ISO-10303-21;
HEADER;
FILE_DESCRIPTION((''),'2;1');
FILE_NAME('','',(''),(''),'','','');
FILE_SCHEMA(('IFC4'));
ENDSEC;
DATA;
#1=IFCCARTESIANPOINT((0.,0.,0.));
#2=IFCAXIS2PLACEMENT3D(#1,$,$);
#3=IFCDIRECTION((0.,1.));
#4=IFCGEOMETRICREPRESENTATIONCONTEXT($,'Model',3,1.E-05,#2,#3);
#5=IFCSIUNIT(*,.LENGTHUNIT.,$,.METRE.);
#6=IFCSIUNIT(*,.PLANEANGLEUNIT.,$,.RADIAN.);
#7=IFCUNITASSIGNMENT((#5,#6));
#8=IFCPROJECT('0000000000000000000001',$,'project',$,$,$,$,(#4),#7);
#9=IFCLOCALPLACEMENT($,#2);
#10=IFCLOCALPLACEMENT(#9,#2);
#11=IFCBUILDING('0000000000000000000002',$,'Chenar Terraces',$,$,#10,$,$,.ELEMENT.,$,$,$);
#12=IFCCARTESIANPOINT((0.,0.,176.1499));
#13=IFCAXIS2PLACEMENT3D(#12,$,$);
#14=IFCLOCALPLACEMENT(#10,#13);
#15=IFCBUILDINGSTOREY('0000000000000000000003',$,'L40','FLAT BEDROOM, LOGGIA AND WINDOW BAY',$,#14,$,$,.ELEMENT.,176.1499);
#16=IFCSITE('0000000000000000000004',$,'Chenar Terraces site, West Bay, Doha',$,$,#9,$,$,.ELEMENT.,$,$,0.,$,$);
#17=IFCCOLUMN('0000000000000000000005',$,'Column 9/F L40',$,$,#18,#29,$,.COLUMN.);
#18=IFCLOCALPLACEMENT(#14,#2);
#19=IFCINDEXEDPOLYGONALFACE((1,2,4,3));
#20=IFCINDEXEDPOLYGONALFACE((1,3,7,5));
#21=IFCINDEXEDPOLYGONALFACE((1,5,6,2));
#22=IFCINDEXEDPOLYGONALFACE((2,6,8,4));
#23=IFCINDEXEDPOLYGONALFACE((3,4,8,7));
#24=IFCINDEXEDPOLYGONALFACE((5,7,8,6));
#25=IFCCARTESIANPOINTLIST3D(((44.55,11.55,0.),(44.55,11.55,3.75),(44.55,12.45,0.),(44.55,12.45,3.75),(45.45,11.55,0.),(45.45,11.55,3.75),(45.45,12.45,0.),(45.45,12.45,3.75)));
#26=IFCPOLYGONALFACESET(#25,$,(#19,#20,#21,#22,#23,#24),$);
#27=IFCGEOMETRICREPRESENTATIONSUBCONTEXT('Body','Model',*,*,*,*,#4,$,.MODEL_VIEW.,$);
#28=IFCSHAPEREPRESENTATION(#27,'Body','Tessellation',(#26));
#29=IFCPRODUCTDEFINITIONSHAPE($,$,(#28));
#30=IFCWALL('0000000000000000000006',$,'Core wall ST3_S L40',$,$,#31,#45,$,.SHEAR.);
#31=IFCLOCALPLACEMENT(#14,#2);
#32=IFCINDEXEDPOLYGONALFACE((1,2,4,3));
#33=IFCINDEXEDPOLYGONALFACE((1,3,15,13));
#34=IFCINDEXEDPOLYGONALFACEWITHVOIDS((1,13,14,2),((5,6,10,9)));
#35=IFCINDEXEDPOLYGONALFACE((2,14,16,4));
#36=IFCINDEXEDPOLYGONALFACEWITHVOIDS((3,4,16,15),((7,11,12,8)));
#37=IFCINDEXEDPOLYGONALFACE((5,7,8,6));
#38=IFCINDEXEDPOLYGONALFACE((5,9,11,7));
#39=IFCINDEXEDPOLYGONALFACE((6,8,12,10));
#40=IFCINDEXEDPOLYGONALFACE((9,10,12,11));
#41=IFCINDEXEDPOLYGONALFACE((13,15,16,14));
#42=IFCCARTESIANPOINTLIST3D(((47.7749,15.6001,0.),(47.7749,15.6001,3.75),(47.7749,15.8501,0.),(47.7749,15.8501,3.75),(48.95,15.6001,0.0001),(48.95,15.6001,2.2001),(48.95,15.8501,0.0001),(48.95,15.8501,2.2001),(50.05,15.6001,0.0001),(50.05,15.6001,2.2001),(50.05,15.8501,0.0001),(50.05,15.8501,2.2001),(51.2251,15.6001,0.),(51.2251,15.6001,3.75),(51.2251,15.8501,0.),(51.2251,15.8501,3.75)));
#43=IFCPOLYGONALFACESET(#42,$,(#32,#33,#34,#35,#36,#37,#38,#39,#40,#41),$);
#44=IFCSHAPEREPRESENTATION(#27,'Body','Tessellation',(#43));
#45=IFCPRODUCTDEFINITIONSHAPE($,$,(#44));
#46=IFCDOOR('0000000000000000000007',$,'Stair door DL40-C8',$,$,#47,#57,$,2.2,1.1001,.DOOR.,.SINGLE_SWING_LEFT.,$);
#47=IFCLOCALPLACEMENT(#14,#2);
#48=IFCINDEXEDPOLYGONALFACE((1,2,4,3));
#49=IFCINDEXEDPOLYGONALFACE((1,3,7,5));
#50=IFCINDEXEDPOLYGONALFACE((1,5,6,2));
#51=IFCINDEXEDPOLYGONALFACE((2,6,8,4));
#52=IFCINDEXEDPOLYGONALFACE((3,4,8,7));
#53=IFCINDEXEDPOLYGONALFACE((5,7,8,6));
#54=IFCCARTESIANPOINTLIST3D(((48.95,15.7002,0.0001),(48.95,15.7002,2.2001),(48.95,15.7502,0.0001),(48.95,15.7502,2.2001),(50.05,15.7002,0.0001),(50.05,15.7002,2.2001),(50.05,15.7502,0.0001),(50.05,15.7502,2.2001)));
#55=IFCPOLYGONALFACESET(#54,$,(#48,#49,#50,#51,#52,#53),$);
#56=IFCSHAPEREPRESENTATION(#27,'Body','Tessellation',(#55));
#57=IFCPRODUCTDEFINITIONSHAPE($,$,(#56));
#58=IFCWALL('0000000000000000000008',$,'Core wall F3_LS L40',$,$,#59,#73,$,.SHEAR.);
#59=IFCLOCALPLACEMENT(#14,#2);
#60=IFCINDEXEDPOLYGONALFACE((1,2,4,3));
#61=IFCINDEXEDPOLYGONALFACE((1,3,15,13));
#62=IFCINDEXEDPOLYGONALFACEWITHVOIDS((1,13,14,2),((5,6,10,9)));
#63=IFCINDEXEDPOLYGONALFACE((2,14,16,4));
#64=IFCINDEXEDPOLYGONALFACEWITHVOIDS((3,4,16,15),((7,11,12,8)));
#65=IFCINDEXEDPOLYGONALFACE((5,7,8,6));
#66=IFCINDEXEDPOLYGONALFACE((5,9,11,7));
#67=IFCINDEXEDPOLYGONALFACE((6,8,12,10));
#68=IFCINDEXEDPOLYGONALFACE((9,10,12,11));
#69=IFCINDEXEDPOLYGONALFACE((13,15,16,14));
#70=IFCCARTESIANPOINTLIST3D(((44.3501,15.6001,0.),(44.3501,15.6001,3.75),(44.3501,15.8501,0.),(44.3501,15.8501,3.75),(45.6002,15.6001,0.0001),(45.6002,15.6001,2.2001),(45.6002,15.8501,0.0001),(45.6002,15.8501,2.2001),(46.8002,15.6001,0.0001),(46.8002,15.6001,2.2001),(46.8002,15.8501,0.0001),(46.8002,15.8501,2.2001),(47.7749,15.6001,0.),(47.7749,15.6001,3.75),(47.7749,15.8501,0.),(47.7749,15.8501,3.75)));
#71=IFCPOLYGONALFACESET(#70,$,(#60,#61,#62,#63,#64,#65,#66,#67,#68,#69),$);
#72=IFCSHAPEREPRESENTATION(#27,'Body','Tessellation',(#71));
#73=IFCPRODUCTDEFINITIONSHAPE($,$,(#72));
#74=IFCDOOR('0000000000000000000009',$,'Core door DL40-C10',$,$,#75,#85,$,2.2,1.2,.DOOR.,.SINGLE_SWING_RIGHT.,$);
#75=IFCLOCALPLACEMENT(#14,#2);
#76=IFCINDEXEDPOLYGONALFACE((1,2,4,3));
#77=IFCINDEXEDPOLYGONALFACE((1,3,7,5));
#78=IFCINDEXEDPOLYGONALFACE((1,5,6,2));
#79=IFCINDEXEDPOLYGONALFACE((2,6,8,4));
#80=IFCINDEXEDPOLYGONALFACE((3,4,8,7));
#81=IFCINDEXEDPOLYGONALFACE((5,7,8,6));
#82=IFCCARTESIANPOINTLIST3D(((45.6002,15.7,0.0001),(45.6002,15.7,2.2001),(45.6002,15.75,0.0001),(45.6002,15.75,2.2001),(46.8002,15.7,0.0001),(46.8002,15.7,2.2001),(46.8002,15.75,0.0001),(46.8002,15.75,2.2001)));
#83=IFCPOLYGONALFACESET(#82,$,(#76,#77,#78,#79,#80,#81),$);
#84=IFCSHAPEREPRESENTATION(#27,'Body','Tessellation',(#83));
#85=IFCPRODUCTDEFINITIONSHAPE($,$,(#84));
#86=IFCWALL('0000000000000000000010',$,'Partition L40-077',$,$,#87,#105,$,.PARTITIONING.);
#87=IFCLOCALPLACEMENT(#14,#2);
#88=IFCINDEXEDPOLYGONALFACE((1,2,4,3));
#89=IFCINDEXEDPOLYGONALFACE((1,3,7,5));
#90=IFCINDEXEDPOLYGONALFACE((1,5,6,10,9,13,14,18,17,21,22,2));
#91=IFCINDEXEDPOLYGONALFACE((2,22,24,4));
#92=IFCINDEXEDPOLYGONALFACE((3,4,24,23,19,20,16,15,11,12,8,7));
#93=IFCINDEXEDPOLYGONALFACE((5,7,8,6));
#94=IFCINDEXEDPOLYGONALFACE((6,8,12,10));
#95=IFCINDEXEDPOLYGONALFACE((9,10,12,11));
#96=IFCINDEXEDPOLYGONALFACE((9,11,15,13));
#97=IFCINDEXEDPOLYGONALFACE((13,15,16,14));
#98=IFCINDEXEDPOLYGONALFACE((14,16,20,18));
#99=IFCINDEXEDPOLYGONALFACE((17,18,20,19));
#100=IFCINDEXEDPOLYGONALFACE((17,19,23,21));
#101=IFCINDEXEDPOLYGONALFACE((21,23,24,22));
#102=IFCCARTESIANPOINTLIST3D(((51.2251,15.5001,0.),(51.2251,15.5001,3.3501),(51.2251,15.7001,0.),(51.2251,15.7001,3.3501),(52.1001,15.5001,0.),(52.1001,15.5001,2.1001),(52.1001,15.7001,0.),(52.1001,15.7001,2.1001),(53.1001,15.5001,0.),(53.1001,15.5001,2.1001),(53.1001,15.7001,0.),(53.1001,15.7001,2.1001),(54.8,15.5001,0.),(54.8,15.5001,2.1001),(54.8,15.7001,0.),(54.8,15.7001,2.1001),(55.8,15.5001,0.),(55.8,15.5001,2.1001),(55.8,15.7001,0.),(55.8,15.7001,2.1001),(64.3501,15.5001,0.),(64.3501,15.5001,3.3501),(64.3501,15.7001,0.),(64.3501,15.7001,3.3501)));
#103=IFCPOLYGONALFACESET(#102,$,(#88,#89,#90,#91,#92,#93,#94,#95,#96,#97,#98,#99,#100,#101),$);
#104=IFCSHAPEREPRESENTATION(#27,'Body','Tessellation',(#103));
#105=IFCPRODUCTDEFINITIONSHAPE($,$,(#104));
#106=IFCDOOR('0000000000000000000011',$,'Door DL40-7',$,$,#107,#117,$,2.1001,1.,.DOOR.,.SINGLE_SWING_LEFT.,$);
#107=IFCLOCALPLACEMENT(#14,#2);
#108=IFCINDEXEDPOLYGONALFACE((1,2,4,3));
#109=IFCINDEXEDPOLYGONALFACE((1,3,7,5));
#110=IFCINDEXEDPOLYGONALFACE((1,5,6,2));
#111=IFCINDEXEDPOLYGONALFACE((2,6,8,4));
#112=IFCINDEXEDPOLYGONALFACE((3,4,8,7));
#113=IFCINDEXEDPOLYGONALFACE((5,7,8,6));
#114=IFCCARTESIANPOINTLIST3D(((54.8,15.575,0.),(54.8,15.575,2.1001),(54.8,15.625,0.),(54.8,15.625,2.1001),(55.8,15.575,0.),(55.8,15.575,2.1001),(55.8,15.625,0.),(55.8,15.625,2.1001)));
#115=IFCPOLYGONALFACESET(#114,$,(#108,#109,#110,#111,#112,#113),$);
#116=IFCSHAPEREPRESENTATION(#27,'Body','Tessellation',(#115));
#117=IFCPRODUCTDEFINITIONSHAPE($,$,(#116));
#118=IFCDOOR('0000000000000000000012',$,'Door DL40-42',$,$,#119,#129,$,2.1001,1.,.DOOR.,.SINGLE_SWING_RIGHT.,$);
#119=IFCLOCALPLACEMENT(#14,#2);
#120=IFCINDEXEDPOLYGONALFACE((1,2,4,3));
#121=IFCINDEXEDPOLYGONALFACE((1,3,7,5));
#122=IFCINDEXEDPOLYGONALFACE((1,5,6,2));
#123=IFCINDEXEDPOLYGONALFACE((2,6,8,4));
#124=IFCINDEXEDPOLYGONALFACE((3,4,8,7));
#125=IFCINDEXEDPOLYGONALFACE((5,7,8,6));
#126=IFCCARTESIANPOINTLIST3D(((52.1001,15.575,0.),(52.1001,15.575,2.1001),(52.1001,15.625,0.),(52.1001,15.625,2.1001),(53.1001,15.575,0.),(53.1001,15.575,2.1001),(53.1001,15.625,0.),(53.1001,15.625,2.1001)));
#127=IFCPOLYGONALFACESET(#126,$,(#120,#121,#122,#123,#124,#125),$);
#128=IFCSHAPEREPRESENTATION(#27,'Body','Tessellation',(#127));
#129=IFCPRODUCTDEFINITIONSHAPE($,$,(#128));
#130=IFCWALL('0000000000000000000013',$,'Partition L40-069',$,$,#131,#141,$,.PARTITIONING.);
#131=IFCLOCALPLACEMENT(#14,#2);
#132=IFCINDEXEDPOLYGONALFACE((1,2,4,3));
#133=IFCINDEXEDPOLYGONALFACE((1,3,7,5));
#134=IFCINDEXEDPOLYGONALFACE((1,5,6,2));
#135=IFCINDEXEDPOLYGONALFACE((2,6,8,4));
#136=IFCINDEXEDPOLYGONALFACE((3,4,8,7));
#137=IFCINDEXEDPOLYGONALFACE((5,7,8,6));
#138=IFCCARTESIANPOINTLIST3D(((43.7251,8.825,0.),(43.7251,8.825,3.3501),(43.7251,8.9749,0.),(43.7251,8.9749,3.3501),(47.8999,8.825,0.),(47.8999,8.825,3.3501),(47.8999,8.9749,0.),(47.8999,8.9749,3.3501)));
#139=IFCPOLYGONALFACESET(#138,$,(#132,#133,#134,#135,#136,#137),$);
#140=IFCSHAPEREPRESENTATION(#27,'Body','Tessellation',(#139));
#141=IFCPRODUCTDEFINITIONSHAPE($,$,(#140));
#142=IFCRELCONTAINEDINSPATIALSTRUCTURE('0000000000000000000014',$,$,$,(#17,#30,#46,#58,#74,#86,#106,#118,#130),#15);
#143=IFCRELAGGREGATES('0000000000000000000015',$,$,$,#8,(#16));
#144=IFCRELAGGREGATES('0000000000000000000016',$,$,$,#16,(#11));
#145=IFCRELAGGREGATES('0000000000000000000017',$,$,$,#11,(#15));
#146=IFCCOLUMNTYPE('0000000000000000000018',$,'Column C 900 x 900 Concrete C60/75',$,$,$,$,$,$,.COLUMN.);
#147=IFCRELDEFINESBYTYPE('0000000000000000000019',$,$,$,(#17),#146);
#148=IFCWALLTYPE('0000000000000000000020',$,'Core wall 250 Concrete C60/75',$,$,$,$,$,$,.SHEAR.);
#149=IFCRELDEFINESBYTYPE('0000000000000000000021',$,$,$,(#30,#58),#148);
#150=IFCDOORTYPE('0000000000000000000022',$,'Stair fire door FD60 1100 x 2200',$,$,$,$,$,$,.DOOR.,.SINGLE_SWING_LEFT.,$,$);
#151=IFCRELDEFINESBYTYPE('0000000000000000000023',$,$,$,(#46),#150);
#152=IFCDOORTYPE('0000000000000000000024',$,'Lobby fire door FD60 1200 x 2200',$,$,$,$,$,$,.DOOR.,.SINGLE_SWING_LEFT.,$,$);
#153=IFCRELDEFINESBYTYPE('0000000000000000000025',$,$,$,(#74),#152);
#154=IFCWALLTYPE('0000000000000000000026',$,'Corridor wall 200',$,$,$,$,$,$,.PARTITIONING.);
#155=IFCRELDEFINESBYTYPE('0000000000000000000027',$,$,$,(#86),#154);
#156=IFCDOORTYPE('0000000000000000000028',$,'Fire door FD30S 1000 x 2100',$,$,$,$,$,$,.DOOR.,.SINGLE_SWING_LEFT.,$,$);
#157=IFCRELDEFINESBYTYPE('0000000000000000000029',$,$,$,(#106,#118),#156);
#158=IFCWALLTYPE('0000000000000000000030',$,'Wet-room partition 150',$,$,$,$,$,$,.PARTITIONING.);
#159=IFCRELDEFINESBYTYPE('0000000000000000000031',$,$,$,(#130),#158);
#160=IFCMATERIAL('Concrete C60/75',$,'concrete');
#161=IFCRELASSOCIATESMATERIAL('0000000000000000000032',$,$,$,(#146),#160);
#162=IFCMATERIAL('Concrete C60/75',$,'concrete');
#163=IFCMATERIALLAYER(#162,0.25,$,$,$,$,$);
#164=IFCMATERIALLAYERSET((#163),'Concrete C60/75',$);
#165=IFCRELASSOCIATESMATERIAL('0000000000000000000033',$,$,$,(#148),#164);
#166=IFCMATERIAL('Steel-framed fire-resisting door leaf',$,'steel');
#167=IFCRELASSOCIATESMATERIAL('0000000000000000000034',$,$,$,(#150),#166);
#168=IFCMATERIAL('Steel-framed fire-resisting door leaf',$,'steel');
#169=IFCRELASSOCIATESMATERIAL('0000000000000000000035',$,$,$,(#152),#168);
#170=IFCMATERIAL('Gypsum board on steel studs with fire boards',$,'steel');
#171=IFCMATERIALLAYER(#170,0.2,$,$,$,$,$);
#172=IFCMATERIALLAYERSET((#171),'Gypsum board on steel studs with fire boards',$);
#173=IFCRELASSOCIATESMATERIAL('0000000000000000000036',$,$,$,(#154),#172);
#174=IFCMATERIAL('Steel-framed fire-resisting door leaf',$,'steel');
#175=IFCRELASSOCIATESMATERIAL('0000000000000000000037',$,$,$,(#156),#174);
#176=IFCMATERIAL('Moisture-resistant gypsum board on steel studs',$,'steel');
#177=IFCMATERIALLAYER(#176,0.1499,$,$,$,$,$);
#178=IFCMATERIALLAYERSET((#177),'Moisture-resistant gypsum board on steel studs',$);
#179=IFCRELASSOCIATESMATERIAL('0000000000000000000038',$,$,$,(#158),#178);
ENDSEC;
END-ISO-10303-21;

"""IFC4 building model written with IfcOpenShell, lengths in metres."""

from ifc_helpers import new_model, si_unit, direction, frame, frame_2d, origin, origin_2d, place, context, subcontext, project, spatial, rectangle, extrude, material, layer, layer_set, material_profile, profile_set, type_object, element, fill, save


model = new_model("IFC4")

# Units and contexts
model_context = context("Model", 3, precision=1e-05, world=origin(), true_north=direction((0.0, 1.0)))
body_context = subcontext(model_context, "Body", "Model", "MODEL_VIEW")
ifc_project = project(units=[si_unit("LENGTHUNIT", "METRE"), si_unit("PLANEANGLEUNIT", "RADIAN")], contexts=[model_context])

# Site, building, storey
site_placement = place(None, origin())
site = spatial("IfcSite", under=ifc_project, at=site_placement, Name="Chenar Terraces site, West Bay, Doha", CompositionType="ELEMENT", RefElevation=0.0)
building_placement = place(site_placement, origin())
building = spatial("IfcBuilding", under=site, at=building_placement, Name="Chenar Terraces", CompositionType="ELEMENT")
storey_placement = place(building_placement, frame((0.0, 0.0, 176.1499)))
storey = spatial("IfcBuildingStorey", under=building, at=storey_placement, Name="L40", Description="FLAT BEDROOM, LOGGIA AND WINDOW BAY", CompositionType="ELEMENT", Elevation=176.1499)

# Column
ifc_material_1 = material(Name="Concrete C60/75", Category="concrete")
ifc_material_profile = material_profile(ifc_material_1, rectangle(XDim=0.8999, YDim=0.8999, at=origin_2d()), Name="C 900 x 900")
ifc_profile_set = profile_set([ifc_material_profile], Name="Concrete C60/75")
column_type = type_object("IfcColumnType", Name="Column C 900 x 900 Concrete C60/75", PredefinedType="COLUMN", material=ifc_profile_set)
column_placement = place(storey_placement, frame((45.0, 12.0, 0.0), z_axis=(0.0, 0.0, 1.0), x_axis=(1.0, 0.0, 0.0)))
element("IfcColumn", 1, at=column_placement, inside=storey, type_object=column_type, Name="Column 9/F L40", PredefinedType="COLUMN", context=body_context, shape_type="SweptSolid", body=[
    extrude(rectangle(XDim=0.8999, YDim=0.8999, at=origin_2d()), origin(), (0.0, 0.0, 1.0), 3.75),
])

# Walls, openings, doors
ifc_material_2 = material(Name="Concrete C60/75", Category="concrete")
ifc_layer_1 = layer(ifc_material_2, 0.25)
ifc_layer_set_1 = layer_set([ifc_layer_1], Name="Concrete C60/75")
wall_type_1 = type_object("IfcWallType", Name="Core wall 250 Concrete C60/75", PredefinedType="SHEAR", material=ifc_layer_set_1)
wall_1_placement = place(storey_placement, frame((47.7749, 15.7251, 0.0), z_axis=(0.0, 0.0, 1.0), x_axis=(1.0, 0.0, 0.0)))
wall_1 = element("IfcWall", 2, at=wall_1_placement, inside=storey, type_object=wall_type_1, Name="Core wall ST3_S L40", PredefinedType="SHEAR", context=body_context, shape_type="SweptSolid", body=[
    extrude(rectangle(XDim=3.4502, YDim=0.25, at=frame_2d((1.7251, 0.0))), origin(), (0.0, 0.0, 1.0), 3.75),
])
opening_1_placement = place(wall_1_placement, frame((1.175, 0.0, 0.0)))
opening_1 = element("IfcOpeningElement", 3, at=opening_1_placement, cuts=wall_1, PredefinedType="OPENING", context=body_context, shape_type="SweptSolid", body=[
    extrude(rectangle(XDim=1.1001, YDim=2.2, at=frame_2d((0.55, 1.1001))), frame((0.0, 0.135, 0.0), z_axis=(0.0, -1.0, 0.0), x_axis=(1.0, 0.0, 0.0)), (0.0, 0.0, 1.0), 0.27),
])
ifc_material_3 = material(Name="Steel-framed fire-resisting door leaf", Category="steel")
door_type_1 = type_object("IfcDoorType", Name="Stair fire door FD60 1100 x 2200", OperationType="SINGLE_SWING_LEFT", PredefinedType="DOOR", material=ifc_material_3)
door_1_placement = place(opening_1_placement, frame((1.1001, 0.0, 0.0), z_axis=(0.0, 0.0, 1.0), x_axis=(-1.0, 0.0, 0.0)))
door_1 = element("IfcDoor", 4, at=door_1_placement, inside=storey, type_object=door_type_1, Name="Stair door DL40-C8", OperationType="SINGLE_SWING_LEFT", OverallHeight=2.2, OverallWidth=1.1001, PredefinedType="DOOR", context=body_context, shape_type="SweptSolid", body=[
    extrude(rectangle(XDim=1.1001, YDim=2.2, at=frame_2d((0.55, 1.1001))), frame((0.0, 0.0249, 0.0), z_axis=(0.0, -1.0, 0.0), x_axis=(1.0, 0.0, 0.0)), (0.0, 0.0, 1.0), 0.05),
])
fill(opening_1, door_1)
wall_2_placement = place(storey_placement, frame((44.3501, 15.7251, 0.0), z_axis=(0.0, 0.0, 1.0), x_axis=(1.0, 0.0, 0.0)))
wall_2 = element("IfcWall", 5, at=wall_2_placement, inside=storey, type_object=wall_type_1, Name="Core wall F3_LS L40", PredefinedType="SHEAR", context=body_context, shape_type="SweptSolid", body=[
    extrude(rectangle(XDim=3.4248, YDim=0.25, at=frame_2d((1.7124, 0.0))), origin(), (0.0, 0.0, 1.0), 3.75),
])
opening_2_placement = place(wall_2_placement, frame((1.25, 0.0, 0.0)))
opening_2 = element("IfcOpeningElement", 6, at=opening_2_placement, cuts=wall_2, PredefinedType="OPENING", context=body_context, shape_type="SweptSolid", body=[
    extrude(rectangle(XDim=1.2, YDim=2.2, at=frame_2d((0.6001, 1.1001))), frame((0.0, 0.135, 0.0), z_axis=(0.0, -1.0, 0.0), x_axis=(1.0, 0.0, 0.0)), (0.0, 0.0, 1.0), 0.27),
])
ifc_material_4 = material(Name="Steel-framed fire-resisting door leaf", Category="steel")
door_type_2 = type_object("IfcDoorType", Name="Lobby fire door FD60 1200 x 2200", OperationType="SINGLE_SWING_LEFT", PredefinedType="DOOR", material=ifc_material_4)
door_2_placement = place(opening_2_placement, origin())
door_2 = element("IfcDoor", 7, at=door_2_placement, inside=storey, type_object=door_type_2, Name="Core door DL40-C10", OperationType="SINGLE_SWING_RIGHT", OverallHeight=2.2, OverallWidth=1.2, PredefinedType="DOOR", context=body_context, shape_type="SweptSolid", body=[
    extrude(rectangle(XDim=1.2, YDim=2.2, at=frame_2d((0.6001, 1.1001))), frame((0.0, 0.0249, 0.0), z_axis=(0.0, -1.0, 0.0), x_axis=(1.0, 0.0, 0.0)), (0.0, 0.0, 1.0), 0.05),
])
fill(opening_2, door_2)

# Wall, openings, doors
ifc_material_5 = material(Name="Gypsum board on steel studs with fire boards", Category="steel")
ifc_layer_2 = layer(ifc_material_5, 0.2)
ifc_layer_set_2 = layer_set([ifc_layer_2], Name="Gypsum board on steel studs with fire boards")
wall_type_2 = type_object("IfcWallType", Name="Corridor wall 200", PredefinedType="PARTITIONING", material=ifc_layer_set_2)
wall_3_placement = place(storey_placement, frame((51.2251, 15.6001, 0.0), z_axis=(0.0, 0.0, 1.0), x_axis=(1.0, 0.0, 0.0)))
wall_3 = element("IfcWall", 8, at=wall_3_placement, inside=storey, type_object=wall_type_2, Name="Partition L40-077", PredefinedType="PARTITIONING", context=body_context, shape_type="SweptSolid", body=[
    extrude(rectangle(XDim=13.125, YDim=0.2, at=frame_2d((6.5625, 0.0))), origin(), (0.0, 0.0, 1.0), 3.3501),
])
opening_3_placement = place(wall_3_placement, frame((3.575, 0.0, 0.0)))
opening_3 = element("IfcOpeningElement", 9, at=opening_3_placement, cuts=wall_3, PredefinedType="OPENING", context=body_context, shape_type="SweptSolid", body=[
    extrude(rectangle(XDim=1.0, YDim=2.1001, at=frame_2d((0.5, 1.05))), frame((0.0, 0.1099, 0.0), z_axis=(0.0, -1.0, 0.0), x_axis=(1.0, 0.0, 0.0)), (0.0, 0.0, 1.0), 0.22),
])
opening_4_placement = place(wall_3_placement, frame((0.875, 0.0, 0.0)))
opening_4 = element("IfcOpeningElement", 10, at=opening_4_placement, cuts=wall_3, PredefinedType="OPENING", context=body_context, shape_type="SweptSolid", body=[
    extrude(rectangle(XDim=1.0, YDim=2.1001, at=frame_2d((0.5, 1.05))), frame((0.0, 0.1099, 0.0), z_axis=(0.0, -1.0, 0.0), x_axis=(1.0, 0.0, 0.0)), (0.0, 0.0, 1.0), 0.22),
])
ifc_material_6 = material(Name="Steel-framed fire-resisting door leaf", Category="steel")
door_type_3 = type_object("IfcDoorType", Name="Fire door FD30S 1000 x 2100", OperationType="SINGLE_SWING_LEFT", PredefinedType="DOOR", material=ifc_material_6)
door_3_placement = place(opening_3_placement, origin())
door_3 = element("IfcDoor", 11, at=door_3_placement, inside=storey, type_object=door_type_3, Name="Door DL40-7", OperationType="SINGLE_SWING_LEFT", OverallHeight=2.1001, OverallWidth=1.0, PredefinedType="DOOR", context=body_context, shape_type="SweptSolid", body=[
    extrude(rectangle(XDim=1.0, YDim=2.1001, at=frame_2d((0.5, 1.05))), frame((0.0, 0.0249, 0.0), z_axis=(0.0, -1.0, 0.0), x_axis=(1.0, 0.0, 0.0)), (0.0, 0.0, 1.0), 0.05),
])
fill(opening_3, door_3)
door_4_placement = place(opening_4_placement, origin())
door_4 = element("IfcDoor", 12, at=door_4_placement, inside=storey, type_object=door_type_3, Name="Door DL40-42", OperationType="SINGLE_SWING_RIGHT", OverallHeight=2.1001, OverallWidth=1.0, PredefinedType="DOOR", context=body_context, shape_type="SweptSolid", body=[
    extrude(rectangle(XDim=1.0, YDim=2.1001, at=frame_2d((0.5, 1.05))), frame((0.0, 0.0249, 0.0), z_axis=(0.0, -1.0, 0.0), x_axis=(1.0, 0.0, 0.0)), (0.0, 0.0, 1.0), 0.05),
])
fill(opening_4, door_4)

# Wall
ifc_material_7 = material(Name="Moisture-resistant gypsum board on steel studs", Category="steel")
ifc_layer_3 = layer(ifc_material_7, 0.1499)
ifc_layer_set_3 = layer_set([ifc_layer_3], Name="Moisture-resistant gypsum board on steel studs")
wall_type_3 = type_object("IfcWallType", Name="Wet-room partition 150", PredefinedType="PARTITIONING", material=ifc_layer_set_3)
wall_4_placement = place(storey_placement, frame((43.7251, 8.8999, 0.0), z_axis=(0.0, 0.0, 1.0), x_axis=(1.0, 0.0, 0.0)))
element("IfcWall", 13, at=wall_4_placement, inside=storey, type_object=wall_type_3, Name="Partition L40-069", PredefinedType="PARTITIONING", context=body_context, shape_type="SweptSolid", body=[
    extrude(rectangle(XDim=4.1748, YDim=0.1499, at=frame_2d((2.0874, 0.0))), origin(), (0.0, 0.0, 1.0), 3.3501),
])

save(model, "model.ifc")
